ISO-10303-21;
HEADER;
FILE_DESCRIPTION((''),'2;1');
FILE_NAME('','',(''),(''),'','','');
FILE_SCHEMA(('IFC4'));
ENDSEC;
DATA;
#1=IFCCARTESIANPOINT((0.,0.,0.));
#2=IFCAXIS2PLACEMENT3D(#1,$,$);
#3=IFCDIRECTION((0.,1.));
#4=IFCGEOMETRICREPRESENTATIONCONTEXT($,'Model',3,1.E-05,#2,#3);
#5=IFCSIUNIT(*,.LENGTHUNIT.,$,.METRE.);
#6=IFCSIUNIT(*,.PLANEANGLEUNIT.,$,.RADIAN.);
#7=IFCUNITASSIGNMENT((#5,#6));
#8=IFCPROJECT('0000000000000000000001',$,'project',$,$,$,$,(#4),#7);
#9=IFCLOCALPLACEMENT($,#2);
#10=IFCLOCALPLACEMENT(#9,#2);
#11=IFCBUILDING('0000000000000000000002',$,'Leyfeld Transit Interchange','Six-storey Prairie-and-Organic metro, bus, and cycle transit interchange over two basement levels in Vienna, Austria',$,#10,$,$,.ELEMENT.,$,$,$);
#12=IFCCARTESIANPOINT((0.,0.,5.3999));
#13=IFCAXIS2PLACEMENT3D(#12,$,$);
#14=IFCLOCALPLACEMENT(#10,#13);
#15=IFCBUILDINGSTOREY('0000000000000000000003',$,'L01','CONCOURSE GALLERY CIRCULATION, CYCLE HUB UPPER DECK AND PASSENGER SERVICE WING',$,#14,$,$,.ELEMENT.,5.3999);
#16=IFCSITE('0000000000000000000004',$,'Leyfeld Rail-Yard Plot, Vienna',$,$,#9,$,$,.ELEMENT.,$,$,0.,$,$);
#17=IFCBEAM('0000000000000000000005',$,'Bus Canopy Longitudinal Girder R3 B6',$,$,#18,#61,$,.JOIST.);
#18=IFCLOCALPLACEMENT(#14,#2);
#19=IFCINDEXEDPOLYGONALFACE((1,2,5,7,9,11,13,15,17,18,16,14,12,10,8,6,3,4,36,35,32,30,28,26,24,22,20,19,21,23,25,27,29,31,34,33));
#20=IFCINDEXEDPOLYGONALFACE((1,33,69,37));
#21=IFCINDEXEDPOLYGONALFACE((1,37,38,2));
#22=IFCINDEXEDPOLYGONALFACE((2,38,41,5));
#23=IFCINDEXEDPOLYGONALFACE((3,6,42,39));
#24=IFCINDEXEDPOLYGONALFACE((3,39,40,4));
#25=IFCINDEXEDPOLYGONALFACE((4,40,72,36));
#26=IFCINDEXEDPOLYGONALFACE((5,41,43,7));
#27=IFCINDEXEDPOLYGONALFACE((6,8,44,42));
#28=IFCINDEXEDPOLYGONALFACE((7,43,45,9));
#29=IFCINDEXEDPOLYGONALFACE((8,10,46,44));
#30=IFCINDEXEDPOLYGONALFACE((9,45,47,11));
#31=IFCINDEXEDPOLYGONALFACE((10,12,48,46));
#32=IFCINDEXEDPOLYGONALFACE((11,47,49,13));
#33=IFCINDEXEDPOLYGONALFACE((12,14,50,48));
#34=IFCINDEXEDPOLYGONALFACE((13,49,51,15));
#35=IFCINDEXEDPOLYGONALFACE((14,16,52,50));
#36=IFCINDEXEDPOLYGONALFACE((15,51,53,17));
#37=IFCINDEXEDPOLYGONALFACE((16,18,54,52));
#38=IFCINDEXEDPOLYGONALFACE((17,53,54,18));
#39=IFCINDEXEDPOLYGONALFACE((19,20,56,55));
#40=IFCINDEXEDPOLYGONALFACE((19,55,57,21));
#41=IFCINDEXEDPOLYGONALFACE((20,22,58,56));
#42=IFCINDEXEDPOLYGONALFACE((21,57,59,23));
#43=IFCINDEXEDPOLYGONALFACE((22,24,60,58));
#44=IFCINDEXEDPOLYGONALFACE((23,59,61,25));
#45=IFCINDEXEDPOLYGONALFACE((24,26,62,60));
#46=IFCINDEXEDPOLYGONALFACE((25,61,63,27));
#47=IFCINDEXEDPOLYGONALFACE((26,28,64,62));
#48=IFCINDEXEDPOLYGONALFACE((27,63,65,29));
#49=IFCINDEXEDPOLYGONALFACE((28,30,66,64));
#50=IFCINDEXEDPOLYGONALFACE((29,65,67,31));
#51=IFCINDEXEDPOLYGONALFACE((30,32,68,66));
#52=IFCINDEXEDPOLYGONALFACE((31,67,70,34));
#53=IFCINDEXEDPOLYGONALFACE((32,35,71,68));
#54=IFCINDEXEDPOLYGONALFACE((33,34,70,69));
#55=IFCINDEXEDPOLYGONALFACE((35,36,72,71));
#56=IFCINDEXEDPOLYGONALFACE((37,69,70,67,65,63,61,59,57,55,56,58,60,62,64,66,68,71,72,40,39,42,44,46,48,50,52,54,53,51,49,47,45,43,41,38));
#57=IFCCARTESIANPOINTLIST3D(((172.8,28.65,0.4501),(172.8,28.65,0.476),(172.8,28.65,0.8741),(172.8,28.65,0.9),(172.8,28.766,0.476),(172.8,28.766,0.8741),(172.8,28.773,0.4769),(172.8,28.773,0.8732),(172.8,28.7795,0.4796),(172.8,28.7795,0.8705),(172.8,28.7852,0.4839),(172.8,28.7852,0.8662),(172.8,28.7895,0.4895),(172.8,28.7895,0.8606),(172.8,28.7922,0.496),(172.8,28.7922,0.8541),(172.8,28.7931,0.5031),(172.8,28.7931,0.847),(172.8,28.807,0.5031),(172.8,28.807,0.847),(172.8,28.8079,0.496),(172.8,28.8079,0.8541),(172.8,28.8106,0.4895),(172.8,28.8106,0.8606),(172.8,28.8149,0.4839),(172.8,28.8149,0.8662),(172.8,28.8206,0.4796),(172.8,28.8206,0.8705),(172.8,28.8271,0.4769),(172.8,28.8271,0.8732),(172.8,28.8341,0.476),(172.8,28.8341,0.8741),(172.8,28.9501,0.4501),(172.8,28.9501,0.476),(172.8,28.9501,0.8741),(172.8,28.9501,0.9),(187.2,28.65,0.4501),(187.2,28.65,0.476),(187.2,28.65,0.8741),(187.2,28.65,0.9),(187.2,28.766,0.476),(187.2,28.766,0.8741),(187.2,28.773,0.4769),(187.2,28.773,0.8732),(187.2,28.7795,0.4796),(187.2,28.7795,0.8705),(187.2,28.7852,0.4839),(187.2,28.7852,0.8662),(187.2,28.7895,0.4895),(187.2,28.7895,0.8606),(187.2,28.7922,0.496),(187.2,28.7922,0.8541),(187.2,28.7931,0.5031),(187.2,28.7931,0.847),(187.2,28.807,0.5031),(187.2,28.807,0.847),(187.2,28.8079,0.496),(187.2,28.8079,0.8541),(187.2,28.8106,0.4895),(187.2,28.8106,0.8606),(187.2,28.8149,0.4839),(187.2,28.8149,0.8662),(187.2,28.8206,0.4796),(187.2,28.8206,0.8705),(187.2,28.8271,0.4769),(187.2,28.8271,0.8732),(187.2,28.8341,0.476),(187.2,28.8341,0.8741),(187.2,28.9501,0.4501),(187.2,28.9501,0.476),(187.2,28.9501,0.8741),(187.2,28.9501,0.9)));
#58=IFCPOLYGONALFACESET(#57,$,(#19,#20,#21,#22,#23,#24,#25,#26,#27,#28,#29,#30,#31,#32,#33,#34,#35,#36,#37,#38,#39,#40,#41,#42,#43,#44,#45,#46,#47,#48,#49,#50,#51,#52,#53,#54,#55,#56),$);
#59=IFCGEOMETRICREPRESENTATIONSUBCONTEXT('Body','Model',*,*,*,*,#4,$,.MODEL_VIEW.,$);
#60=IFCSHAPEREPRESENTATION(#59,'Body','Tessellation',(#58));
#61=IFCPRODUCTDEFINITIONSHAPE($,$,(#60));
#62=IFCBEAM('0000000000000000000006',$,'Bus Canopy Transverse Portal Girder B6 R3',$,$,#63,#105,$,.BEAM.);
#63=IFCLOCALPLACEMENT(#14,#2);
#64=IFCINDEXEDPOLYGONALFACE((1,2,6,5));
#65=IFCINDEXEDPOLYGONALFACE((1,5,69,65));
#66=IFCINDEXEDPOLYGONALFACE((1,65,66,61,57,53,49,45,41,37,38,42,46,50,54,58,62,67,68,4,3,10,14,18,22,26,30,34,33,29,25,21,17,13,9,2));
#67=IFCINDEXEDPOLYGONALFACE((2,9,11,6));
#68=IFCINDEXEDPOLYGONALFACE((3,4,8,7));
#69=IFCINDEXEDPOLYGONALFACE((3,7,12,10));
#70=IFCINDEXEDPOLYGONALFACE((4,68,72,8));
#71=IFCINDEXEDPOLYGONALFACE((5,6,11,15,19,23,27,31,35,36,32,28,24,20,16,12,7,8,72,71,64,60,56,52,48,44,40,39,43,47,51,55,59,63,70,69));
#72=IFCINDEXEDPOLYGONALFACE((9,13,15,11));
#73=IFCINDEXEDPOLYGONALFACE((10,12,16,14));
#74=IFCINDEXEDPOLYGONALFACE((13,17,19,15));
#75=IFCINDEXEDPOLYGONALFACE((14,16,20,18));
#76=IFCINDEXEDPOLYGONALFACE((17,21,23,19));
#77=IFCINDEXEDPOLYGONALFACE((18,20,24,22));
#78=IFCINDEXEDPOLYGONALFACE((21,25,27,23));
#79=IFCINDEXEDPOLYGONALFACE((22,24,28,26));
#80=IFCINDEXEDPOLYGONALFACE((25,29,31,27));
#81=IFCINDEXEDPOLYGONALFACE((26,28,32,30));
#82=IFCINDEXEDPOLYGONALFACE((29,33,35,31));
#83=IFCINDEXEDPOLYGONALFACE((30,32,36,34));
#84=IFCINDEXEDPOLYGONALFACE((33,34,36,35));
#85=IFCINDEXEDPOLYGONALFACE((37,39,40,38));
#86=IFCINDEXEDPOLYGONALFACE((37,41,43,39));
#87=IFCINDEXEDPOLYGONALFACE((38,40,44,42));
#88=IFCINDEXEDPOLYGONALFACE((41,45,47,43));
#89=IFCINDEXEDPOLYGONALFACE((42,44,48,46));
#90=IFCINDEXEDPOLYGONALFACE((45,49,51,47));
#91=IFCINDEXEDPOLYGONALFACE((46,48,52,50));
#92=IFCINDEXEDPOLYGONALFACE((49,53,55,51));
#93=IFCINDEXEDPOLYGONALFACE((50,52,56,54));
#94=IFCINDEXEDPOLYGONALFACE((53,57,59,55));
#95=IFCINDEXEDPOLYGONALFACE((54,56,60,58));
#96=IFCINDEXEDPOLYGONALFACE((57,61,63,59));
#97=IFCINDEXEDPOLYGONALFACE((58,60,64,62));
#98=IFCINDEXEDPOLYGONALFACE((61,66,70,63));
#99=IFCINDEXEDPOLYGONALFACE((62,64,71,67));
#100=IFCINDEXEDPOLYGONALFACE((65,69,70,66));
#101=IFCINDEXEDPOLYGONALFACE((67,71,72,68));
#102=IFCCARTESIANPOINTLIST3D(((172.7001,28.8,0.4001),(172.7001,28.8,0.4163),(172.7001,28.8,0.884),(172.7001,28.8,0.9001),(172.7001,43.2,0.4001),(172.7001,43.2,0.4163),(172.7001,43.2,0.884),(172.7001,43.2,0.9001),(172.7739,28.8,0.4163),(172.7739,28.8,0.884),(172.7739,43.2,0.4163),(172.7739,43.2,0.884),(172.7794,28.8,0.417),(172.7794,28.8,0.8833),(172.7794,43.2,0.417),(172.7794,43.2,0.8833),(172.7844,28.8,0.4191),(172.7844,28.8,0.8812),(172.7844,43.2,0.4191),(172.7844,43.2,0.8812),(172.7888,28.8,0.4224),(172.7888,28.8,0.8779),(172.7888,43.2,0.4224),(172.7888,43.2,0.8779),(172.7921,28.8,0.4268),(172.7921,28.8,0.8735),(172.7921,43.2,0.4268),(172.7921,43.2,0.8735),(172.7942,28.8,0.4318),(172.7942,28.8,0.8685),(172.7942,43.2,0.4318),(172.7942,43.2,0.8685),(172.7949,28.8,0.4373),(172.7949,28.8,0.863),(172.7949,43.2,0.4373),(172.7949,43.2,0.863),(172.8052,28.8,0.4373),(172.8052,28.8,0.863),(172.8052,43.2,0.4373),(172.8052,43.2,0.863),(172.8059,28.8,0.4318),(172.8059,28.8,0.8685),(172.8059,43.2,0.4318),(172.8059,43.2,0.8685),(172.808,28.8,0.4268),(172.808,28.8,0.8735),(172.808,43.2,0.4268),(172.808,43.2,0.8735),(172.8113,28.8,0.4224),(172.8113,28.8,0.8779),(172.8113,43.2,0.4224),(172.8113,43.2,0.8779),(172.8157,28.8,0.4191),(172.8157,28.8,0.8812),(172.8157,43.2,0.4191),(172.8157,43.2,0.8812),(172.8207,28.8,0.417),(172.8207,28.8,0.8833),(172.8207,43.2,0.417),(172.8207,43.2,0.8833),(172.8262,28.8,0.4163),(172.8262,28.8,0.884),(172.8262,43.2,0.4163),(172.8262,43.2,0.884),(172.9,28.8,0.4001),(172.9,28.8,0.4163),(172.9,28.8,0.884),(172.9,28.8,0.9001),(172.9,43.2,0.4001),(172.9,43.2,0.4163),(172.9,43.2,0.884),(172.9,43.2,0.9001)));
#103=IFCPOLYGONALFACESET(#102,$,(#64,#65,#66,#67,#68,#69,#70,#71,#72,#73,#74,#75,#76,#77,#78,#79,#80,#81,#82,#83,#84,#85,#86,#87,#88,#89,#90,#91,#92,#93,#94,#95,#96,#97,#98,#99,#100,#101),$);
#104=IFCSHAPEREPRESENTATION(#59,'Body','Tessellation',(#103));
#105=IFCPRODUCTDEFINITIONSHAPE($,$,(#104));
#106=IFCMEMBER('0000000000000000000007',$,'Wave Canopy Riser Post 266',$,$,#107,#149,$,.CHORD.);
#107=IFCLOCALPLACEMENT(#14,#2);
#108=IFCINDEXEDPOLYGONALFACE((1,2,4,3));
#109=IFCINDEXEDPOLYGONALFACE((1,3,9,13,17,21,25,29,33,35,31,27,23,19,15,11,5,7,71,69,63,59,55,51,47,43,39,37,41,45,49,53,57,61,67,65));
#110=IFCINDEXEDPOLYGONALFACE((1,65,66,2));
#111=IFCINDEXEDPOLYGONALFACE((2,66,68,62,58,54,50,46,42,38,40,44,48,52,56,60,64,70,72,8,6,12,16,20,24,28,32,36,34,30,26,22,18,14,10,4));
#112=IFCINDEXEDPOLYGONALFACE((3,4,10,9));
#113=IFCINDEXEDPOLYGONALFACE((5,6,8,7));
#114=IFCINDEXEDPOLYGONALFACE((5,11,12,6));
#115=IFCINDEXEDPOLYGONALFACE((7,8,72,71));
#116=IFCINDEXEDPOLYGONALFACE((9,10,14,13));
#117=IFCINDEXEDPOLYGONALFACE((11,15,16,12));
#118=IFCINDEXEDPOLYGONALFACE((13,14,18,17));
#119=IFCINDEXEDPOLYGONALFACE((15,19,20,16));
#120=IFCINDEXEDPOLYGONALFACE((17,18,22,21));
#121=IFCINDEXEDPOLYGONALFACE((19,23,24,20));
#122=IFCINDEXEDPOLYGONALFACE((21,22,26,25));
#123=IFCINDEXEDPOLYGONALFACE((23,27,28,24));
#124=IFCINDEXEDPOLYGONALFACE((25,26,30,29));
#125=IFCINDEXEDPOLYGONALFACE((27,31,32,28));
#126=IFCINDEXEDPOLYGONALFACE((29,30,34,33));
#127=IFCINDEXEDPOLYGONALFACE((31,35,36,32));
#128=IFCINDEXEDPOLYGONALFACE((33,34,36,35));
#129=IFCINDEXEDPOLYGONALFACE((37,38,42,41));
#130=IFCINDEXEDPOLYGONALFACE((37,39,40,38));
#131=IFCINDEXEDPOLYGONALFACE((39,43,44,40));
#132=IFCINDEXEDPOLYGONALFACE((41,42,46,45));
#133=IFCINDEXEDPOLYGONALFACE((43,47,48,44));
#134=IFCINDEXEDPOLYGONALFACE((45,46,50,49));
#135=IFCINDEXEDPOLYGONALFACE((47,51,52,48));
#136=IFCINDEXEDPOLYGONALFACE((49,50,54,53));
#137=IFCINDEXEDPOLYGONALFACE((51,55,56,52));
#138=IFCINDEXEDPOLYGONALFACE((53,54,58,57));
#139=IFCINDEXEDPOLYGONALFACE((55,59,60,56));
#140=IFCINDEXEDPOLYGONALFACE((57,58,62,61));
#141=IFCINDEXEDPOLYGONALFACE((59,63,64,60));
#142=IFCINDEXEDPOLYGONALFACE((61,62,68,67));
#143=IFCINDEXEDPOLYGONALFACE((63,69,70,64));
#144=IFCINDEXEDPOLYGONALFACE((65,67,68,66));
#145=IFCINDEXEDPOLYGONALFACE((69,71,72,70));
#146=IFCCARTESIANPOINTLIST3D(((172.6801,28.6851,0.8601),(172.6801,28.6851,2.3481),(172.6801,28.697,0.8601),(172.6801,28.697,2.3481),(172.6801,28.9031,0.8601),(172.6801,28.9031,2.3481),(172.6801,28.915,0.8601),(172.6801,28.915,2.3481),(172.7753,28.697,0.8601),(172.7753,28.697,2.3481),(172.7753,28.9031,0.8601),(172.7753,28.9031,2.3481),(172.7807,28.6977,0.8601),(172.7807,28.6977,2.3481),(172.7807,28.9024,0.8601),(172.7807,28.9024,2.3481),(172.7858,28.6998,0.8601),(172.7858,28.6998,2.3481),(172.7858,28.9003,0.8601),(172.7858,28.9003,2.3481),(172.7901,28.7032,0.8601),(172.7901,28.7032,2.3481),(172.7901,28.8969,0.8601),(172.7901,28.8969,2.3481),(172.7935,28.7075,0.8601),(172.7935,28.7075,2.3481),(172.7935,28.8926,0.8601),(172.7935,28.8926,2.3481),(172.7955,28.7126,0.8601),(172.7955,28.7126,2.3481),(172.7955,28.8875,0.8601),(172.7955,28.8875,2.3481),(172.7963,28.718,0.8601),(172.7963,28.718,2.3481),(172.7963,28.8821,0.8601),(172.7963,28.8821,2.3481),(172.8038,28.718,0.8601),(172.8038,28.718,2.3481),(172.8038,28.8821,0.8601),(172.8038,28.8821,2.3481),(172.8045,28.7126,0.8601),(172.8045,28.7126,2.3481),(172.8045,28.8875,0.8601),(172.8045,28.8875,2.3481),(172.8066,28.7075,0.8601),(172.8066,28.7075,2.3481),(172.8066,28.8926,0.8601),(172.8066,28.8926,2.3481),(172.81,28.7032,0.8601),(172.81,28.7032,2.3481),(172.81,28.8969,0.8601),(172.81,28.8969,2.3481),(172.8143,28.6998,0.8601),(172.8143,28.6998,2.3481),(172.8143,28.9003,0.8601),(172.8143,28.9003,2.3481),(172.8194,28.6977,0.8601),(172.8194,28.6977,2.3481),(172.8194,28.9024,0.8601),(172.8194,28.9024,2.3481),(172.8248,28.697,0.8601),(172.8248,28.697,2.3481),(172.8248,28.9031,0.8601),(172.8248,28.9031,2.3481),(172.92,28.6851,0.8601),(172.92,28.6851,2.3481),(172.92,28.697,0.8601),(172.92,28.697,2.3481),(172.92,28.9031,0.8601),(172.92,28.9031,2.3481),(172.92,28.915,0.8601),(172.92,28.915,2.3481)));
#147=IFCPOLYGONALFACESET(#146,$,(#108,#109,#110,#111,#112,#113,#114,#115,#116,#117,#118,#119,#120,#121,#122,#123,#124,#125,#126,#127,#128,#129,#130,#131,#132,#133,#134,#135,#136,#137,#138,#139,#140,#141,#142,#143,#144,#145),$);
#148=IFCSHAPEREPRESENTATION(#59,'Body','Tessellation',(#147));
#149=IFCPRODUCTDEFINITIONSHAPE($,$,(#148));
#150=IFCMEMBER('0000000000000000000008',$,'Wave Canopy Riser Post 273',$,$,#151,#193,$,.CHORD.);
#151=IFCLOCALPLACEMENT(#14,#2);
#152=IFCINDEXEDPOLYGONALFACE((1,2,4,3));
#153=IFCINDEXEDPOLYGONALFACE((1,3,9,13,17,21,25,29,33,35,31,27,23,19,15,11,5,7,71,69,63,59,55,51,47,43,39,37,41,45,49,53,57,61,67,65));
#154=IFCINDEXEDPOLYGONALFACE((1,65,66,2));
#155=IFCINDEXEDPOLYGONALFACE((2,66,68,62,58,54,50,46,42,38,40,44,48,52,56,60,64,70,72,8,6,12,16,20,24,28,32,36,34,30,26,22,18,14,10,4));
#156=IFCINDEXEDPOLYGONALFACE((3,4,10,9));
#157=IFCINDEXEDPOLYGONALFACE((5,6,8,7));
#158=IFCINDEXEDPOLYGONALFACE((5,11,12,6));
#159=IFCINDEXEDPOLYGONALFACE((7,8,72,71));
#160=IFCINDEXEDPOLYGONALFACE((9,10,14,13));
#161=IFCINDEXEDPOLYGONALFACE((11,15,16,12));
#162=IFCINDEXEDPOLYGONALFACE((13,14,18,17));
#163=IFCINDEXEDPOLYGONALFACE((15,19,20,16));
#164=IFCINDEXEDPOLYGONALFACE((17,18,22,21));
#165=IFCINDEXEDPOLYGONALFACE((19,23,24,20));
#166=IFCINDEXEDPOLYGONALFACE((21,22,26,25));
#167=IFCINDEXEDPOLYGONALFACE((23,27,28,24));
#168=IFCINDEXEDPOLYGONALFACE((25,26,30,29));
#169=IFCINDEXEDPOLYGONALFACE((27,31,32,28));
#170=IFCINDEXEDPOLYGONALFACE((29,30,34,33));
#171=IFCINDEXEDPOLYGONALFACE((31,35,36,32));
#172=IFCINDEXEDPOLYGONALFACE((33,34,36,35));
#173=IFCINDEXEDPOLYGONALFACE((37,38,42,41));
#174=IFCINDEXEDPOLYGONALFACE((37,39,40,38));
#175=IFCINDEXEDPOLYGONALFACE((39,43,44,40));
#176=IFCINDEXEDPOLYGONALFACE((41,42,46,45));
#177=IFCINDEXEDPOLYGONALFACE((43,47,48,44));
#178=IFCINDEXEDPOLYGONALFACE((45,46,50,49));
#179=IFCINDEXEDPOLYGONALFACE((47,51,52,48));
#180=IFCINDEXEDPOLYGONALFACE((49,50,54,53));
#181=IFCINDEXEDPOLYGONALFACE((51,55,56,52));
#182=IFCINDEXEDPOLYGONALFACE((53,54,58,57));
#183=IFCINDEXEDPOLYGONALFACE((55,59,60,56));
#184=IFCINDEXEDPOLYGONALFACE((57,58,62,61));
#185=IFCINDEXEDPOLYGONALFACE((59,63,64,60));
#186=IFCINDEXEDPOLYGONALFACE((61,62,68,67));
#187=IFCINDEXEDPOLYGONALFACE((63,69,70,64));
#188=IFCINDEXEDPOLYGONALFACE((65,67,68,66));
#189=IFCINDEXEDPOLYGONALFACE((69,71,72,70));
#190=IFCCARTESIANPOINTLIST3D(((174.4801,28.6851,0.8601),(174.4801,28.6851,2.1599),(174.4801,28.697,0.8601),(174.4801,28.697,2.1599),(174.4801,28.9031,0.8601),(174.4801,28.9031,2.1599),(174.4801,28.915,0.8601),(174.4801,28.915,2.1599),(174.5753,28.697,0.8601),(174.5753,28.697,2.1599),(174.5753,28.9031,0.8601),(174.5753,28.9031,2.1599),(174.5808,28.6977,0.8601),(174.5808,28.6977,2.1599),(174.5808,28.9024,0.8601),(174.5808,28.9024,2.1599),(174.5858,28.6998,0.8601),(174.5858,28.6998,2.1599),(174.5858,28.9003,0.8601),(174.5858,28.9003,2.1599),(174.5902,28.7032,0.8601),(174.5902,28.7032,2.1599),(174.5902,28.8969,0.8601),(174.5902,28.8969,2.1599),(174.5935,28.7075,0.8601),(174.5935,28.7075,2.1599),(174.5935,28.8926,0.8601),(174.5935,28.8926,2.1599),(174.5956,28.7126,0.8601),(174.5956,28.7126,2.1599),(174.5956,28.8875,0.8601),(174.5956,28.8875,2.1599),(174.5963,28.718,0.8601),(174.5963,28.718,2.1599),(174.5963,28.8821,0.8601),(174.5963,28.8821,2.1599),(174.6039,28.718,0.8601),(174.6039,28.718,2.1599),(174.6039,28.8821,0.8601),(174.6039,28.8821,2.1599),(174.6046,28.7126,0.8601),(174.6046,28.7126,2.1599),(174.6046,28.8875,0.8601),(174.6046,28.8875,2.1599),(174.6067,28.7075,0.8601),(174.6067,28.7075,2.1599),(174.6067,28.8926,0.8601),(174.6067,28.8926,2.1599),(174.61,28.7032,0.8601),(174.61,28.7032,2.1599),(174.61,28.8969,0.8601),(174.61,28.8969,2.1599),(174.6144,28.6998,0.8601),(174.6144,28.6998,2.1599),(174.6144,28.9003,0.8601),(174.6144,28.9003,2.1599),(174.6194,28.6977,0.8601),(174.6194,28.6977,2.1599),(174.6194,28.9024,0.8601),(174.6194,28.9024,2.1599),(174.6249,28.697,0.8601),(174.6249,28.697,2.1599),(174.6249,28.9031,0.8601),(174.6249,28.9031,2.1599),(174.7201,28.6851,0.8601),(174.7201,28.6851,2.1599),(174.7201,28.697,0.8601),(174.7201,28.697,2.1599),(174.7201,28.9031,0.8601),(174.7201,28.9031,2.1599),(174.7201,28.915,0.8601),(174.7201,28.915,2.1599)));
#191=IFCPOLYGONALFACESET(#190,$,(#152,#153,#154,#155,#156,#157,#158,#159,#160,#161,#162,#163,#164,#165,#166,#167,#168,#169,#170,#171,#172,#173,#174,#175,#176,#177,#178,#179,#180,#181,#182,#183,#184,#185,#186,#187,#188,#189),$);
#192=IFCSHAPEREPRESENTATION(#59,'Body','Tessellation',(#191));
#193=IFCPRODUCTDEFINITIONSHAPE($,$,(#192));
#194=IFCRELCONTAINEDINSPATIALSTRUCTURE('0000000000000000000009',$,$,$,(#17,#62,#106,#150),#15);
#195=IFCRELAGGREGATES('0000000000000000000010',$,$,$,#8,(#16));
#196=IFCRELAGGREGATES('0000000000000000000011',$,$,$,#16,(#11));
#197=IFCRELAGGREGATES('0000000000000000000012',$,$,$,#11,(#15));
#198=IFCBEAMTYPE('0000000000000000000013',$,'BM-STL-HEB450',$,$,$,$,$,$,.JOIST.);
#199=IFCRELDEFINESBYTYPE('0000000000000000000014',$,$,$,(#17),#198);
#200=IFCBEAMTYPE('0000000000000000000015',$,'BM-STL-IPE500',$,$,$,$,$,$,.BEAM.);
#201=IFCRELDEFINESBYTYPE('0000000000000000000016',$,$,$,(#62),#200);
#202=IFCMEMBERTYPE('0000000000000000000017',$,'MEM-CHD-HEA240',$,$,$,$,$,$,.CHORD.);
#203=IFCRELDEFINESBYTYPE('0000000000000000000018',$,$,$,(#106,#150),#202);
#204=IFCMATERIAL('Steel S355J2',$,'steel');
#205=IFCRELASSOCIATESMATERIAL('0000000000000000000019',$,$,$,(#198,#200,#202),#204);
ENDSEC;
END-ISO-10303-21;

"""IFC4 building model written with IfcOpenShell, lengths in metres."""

from ifc_helpers import new_model, si_unit, direction, frame, origin, origin_2d, place, context, subcontext, project, spatial, i_section, extrude, material, material_profile, profile_set, type_object, element, save


model = new_model("IFC4")

# Units and contexts
model_context = context("Model", 3, precision=1e-05, world=origin(), true_north=direction((0.0, 1.0)))
body_context = subcontext(model_context, "Body", "Model", "MODEL_VIEW")
ifc_project = project(units=[si_unit("LENGTHUNIT", "METRE"), si_unit("PLANEANGLEUNIT", "RADIAN")], contexts=[model_context])

# Site, building, storey
site_placement = place(None, origin())
site = spatial("IfcSite", under=ifc_project, at=site_placement, Name="Leyfeld Rail-Yard Plot, Vienna", CompositionType="ELEMENT", RefElevation=0.0)
building_placement = place(site_placement, origin())
building = spatial("IfcBuilding", under=site, at=building_placement, Name="Leyfeld Transit Interchange", Description="Six-storey Prairie-and-Organic metro, bus, and cycle transit interchange over two basement levels in Vienna, Austria", CompositionType="ELEMENT")
storey_placement = place(building_placement, frame((0.0, 0.0, 5.3999)))
storey = spatial("IfcBuildingStorey", under=building, at=storey_placement, Name="L01", Description="CONCOURSE GALLERY CIRCULATION, CYCLE HUB UPPER DECK AND PASSENGER SERVICE WING", CompositionType="ELEMENT", Elevation=5.3999)

# Beams
ifc_material_1 = material(Name="Steel S355J2", Category="steel")
ifc_material_profile_1 = material_profile(ifc_material_1, i_section(OverallWidth=0.3, OverallDepth=0.45, WebThickness=0.0139, FlangeThickness=0.0259, FilletRadius=0.0271, at=origin_2d()), Name="HEB 450")
ifc_profile_set_1 = profile_set([ifc_material_profile_1], Name="Steel S355J2")
beam_type_1 = type_object("IfcBeamType", Name="BM-STL-HEB450", PredefinedType="JOIST", material=ifc_profile_set_1)
beam_1_placement = place(storey_placement, frame((172.8, 28.8, 0.675), z_axis=(1.0, 0.0, 0.0), x_axis=(0.0, 1.0, 0.0)))
element("IfcBeam", 1, at=beam_1_placement, inside=storey, type_object=beam_type_1, Name="Bus Canopy Longitudinal Girder R3 B6", PredefinedType="JOIST", context=body_context, shape_type="SweptSolid", body=[
    extrude(i_section(OverallWidth=0.3, OverallDepth=0.45, WebThickness=0.0139, FlangeThickness=0.0259, FilletRadius=0.0271, at=origin_2d()), origin(), (0.0, 0.0, 1.0), 14.3999),
])
ifc_material_profile_2 = material_profile(ifc_material_1, i_section(OverallWidth=0.2, OverallDepth=0.5, WebThickness=0.0103, FlangeThickness=0.0161, FilletRadius=0.021, at=origin_2d()), Name="IPE 500")
ifc_profile_set_2 = profile_set([ifc_material_profile_2], Name="Steel S355J2")
beam_type_2 = type_object("IfcBeamType", Name="BM-STL-IPE500", PredefinedType="BEAM", material=ifc_profile_set_2)
beam_2_placement = place(storey_placement, frame((172.8, 28.8, 0.6501), z_axis=(0.0, 1.0, 0.0), x_axis=(-1.0, 0.0, 0.0)))
element("IfcBeam", 2, at=beam_2_placement, inside=storey, type_object=beam_type_2, Name="Bus Canopy Transverse Portal Girder B6 R3", PredefinedType="BEAM", context=body_context, shape_type="SweptSolid", body=[
    extrude(i_section(OverallWidth=0.2, OverallDepth=0.5, WebThickness=0.0103, FlangeThickness=0.0161, FilletRadius=0.021, at=origin_2d()), origin(), (0.0, 0.0, 1.0), 14.3999),
])

# Members
ifc_material_profile_3 = material_profile(ifc_material_1, i_section(OverallWidth=0.24, OverallDepth=0.23, WebThickness=0.0076, FlangeThickness=0.012, FilletRadius=0.021, at=origin_2d()), Name="HEA 240")
ifc_profile_set_3 = profile_set([ifc_material_profile_3], Name="Steel S355J2")
member_type_1 = type_object("IfcMemberType", Name="MEM-CHD-HEA240", PredefinedType="CHORD", material=ifc_profile_set_3)
member_1_placement = place(storey_placement, frame((172.8, 28.8, 0.8601), z_axis=(0.0, 0.0, 1.0), x_axis=(1.0, 0.0, 0.0)))
element("IfcMember", 3, at=member_1_placement, inside=storey, type_object=member_type_1, Name="Wave Canopy Riser Post 266", PredefinedType="CHORD", context=body_context, shape_type="SweptSolid", body=[
    extrude(i_section(OverallWidth=0.24, OverallDepth=0.23, WebThickness=0.0076, FlangeThickness=0.012, FilletRadius=0.021, at=origin_2d()), origin(), (0.0, 0.0, 1.0), 1.488),
])
member_2_placement = place(storey_placement, frame((174.6001, 28.8, 0.8601), z_axis=(0.0, 0.0, 1.0), x_axis=(1.0, 0.0, 0.0)))
element("IfcMember", 4, at=member_2_placement, inside=storey, type_object=member_type_1, Name="Wave Canopy Riser Post 273", PredefinedType="CHORD", context=body_context, shape_type="SweptSolid", body=[
    extrude(i_section(OverallWidth=0.24, OverallDepth=0.23, WebThickness=0.0076, FlangeThickness=0.012, FilletRadius=0.021, at=origin_2d()), origin(), (0.0, 0.0, 1.0), 1.2998),
])

save(model, "model.ifc")
